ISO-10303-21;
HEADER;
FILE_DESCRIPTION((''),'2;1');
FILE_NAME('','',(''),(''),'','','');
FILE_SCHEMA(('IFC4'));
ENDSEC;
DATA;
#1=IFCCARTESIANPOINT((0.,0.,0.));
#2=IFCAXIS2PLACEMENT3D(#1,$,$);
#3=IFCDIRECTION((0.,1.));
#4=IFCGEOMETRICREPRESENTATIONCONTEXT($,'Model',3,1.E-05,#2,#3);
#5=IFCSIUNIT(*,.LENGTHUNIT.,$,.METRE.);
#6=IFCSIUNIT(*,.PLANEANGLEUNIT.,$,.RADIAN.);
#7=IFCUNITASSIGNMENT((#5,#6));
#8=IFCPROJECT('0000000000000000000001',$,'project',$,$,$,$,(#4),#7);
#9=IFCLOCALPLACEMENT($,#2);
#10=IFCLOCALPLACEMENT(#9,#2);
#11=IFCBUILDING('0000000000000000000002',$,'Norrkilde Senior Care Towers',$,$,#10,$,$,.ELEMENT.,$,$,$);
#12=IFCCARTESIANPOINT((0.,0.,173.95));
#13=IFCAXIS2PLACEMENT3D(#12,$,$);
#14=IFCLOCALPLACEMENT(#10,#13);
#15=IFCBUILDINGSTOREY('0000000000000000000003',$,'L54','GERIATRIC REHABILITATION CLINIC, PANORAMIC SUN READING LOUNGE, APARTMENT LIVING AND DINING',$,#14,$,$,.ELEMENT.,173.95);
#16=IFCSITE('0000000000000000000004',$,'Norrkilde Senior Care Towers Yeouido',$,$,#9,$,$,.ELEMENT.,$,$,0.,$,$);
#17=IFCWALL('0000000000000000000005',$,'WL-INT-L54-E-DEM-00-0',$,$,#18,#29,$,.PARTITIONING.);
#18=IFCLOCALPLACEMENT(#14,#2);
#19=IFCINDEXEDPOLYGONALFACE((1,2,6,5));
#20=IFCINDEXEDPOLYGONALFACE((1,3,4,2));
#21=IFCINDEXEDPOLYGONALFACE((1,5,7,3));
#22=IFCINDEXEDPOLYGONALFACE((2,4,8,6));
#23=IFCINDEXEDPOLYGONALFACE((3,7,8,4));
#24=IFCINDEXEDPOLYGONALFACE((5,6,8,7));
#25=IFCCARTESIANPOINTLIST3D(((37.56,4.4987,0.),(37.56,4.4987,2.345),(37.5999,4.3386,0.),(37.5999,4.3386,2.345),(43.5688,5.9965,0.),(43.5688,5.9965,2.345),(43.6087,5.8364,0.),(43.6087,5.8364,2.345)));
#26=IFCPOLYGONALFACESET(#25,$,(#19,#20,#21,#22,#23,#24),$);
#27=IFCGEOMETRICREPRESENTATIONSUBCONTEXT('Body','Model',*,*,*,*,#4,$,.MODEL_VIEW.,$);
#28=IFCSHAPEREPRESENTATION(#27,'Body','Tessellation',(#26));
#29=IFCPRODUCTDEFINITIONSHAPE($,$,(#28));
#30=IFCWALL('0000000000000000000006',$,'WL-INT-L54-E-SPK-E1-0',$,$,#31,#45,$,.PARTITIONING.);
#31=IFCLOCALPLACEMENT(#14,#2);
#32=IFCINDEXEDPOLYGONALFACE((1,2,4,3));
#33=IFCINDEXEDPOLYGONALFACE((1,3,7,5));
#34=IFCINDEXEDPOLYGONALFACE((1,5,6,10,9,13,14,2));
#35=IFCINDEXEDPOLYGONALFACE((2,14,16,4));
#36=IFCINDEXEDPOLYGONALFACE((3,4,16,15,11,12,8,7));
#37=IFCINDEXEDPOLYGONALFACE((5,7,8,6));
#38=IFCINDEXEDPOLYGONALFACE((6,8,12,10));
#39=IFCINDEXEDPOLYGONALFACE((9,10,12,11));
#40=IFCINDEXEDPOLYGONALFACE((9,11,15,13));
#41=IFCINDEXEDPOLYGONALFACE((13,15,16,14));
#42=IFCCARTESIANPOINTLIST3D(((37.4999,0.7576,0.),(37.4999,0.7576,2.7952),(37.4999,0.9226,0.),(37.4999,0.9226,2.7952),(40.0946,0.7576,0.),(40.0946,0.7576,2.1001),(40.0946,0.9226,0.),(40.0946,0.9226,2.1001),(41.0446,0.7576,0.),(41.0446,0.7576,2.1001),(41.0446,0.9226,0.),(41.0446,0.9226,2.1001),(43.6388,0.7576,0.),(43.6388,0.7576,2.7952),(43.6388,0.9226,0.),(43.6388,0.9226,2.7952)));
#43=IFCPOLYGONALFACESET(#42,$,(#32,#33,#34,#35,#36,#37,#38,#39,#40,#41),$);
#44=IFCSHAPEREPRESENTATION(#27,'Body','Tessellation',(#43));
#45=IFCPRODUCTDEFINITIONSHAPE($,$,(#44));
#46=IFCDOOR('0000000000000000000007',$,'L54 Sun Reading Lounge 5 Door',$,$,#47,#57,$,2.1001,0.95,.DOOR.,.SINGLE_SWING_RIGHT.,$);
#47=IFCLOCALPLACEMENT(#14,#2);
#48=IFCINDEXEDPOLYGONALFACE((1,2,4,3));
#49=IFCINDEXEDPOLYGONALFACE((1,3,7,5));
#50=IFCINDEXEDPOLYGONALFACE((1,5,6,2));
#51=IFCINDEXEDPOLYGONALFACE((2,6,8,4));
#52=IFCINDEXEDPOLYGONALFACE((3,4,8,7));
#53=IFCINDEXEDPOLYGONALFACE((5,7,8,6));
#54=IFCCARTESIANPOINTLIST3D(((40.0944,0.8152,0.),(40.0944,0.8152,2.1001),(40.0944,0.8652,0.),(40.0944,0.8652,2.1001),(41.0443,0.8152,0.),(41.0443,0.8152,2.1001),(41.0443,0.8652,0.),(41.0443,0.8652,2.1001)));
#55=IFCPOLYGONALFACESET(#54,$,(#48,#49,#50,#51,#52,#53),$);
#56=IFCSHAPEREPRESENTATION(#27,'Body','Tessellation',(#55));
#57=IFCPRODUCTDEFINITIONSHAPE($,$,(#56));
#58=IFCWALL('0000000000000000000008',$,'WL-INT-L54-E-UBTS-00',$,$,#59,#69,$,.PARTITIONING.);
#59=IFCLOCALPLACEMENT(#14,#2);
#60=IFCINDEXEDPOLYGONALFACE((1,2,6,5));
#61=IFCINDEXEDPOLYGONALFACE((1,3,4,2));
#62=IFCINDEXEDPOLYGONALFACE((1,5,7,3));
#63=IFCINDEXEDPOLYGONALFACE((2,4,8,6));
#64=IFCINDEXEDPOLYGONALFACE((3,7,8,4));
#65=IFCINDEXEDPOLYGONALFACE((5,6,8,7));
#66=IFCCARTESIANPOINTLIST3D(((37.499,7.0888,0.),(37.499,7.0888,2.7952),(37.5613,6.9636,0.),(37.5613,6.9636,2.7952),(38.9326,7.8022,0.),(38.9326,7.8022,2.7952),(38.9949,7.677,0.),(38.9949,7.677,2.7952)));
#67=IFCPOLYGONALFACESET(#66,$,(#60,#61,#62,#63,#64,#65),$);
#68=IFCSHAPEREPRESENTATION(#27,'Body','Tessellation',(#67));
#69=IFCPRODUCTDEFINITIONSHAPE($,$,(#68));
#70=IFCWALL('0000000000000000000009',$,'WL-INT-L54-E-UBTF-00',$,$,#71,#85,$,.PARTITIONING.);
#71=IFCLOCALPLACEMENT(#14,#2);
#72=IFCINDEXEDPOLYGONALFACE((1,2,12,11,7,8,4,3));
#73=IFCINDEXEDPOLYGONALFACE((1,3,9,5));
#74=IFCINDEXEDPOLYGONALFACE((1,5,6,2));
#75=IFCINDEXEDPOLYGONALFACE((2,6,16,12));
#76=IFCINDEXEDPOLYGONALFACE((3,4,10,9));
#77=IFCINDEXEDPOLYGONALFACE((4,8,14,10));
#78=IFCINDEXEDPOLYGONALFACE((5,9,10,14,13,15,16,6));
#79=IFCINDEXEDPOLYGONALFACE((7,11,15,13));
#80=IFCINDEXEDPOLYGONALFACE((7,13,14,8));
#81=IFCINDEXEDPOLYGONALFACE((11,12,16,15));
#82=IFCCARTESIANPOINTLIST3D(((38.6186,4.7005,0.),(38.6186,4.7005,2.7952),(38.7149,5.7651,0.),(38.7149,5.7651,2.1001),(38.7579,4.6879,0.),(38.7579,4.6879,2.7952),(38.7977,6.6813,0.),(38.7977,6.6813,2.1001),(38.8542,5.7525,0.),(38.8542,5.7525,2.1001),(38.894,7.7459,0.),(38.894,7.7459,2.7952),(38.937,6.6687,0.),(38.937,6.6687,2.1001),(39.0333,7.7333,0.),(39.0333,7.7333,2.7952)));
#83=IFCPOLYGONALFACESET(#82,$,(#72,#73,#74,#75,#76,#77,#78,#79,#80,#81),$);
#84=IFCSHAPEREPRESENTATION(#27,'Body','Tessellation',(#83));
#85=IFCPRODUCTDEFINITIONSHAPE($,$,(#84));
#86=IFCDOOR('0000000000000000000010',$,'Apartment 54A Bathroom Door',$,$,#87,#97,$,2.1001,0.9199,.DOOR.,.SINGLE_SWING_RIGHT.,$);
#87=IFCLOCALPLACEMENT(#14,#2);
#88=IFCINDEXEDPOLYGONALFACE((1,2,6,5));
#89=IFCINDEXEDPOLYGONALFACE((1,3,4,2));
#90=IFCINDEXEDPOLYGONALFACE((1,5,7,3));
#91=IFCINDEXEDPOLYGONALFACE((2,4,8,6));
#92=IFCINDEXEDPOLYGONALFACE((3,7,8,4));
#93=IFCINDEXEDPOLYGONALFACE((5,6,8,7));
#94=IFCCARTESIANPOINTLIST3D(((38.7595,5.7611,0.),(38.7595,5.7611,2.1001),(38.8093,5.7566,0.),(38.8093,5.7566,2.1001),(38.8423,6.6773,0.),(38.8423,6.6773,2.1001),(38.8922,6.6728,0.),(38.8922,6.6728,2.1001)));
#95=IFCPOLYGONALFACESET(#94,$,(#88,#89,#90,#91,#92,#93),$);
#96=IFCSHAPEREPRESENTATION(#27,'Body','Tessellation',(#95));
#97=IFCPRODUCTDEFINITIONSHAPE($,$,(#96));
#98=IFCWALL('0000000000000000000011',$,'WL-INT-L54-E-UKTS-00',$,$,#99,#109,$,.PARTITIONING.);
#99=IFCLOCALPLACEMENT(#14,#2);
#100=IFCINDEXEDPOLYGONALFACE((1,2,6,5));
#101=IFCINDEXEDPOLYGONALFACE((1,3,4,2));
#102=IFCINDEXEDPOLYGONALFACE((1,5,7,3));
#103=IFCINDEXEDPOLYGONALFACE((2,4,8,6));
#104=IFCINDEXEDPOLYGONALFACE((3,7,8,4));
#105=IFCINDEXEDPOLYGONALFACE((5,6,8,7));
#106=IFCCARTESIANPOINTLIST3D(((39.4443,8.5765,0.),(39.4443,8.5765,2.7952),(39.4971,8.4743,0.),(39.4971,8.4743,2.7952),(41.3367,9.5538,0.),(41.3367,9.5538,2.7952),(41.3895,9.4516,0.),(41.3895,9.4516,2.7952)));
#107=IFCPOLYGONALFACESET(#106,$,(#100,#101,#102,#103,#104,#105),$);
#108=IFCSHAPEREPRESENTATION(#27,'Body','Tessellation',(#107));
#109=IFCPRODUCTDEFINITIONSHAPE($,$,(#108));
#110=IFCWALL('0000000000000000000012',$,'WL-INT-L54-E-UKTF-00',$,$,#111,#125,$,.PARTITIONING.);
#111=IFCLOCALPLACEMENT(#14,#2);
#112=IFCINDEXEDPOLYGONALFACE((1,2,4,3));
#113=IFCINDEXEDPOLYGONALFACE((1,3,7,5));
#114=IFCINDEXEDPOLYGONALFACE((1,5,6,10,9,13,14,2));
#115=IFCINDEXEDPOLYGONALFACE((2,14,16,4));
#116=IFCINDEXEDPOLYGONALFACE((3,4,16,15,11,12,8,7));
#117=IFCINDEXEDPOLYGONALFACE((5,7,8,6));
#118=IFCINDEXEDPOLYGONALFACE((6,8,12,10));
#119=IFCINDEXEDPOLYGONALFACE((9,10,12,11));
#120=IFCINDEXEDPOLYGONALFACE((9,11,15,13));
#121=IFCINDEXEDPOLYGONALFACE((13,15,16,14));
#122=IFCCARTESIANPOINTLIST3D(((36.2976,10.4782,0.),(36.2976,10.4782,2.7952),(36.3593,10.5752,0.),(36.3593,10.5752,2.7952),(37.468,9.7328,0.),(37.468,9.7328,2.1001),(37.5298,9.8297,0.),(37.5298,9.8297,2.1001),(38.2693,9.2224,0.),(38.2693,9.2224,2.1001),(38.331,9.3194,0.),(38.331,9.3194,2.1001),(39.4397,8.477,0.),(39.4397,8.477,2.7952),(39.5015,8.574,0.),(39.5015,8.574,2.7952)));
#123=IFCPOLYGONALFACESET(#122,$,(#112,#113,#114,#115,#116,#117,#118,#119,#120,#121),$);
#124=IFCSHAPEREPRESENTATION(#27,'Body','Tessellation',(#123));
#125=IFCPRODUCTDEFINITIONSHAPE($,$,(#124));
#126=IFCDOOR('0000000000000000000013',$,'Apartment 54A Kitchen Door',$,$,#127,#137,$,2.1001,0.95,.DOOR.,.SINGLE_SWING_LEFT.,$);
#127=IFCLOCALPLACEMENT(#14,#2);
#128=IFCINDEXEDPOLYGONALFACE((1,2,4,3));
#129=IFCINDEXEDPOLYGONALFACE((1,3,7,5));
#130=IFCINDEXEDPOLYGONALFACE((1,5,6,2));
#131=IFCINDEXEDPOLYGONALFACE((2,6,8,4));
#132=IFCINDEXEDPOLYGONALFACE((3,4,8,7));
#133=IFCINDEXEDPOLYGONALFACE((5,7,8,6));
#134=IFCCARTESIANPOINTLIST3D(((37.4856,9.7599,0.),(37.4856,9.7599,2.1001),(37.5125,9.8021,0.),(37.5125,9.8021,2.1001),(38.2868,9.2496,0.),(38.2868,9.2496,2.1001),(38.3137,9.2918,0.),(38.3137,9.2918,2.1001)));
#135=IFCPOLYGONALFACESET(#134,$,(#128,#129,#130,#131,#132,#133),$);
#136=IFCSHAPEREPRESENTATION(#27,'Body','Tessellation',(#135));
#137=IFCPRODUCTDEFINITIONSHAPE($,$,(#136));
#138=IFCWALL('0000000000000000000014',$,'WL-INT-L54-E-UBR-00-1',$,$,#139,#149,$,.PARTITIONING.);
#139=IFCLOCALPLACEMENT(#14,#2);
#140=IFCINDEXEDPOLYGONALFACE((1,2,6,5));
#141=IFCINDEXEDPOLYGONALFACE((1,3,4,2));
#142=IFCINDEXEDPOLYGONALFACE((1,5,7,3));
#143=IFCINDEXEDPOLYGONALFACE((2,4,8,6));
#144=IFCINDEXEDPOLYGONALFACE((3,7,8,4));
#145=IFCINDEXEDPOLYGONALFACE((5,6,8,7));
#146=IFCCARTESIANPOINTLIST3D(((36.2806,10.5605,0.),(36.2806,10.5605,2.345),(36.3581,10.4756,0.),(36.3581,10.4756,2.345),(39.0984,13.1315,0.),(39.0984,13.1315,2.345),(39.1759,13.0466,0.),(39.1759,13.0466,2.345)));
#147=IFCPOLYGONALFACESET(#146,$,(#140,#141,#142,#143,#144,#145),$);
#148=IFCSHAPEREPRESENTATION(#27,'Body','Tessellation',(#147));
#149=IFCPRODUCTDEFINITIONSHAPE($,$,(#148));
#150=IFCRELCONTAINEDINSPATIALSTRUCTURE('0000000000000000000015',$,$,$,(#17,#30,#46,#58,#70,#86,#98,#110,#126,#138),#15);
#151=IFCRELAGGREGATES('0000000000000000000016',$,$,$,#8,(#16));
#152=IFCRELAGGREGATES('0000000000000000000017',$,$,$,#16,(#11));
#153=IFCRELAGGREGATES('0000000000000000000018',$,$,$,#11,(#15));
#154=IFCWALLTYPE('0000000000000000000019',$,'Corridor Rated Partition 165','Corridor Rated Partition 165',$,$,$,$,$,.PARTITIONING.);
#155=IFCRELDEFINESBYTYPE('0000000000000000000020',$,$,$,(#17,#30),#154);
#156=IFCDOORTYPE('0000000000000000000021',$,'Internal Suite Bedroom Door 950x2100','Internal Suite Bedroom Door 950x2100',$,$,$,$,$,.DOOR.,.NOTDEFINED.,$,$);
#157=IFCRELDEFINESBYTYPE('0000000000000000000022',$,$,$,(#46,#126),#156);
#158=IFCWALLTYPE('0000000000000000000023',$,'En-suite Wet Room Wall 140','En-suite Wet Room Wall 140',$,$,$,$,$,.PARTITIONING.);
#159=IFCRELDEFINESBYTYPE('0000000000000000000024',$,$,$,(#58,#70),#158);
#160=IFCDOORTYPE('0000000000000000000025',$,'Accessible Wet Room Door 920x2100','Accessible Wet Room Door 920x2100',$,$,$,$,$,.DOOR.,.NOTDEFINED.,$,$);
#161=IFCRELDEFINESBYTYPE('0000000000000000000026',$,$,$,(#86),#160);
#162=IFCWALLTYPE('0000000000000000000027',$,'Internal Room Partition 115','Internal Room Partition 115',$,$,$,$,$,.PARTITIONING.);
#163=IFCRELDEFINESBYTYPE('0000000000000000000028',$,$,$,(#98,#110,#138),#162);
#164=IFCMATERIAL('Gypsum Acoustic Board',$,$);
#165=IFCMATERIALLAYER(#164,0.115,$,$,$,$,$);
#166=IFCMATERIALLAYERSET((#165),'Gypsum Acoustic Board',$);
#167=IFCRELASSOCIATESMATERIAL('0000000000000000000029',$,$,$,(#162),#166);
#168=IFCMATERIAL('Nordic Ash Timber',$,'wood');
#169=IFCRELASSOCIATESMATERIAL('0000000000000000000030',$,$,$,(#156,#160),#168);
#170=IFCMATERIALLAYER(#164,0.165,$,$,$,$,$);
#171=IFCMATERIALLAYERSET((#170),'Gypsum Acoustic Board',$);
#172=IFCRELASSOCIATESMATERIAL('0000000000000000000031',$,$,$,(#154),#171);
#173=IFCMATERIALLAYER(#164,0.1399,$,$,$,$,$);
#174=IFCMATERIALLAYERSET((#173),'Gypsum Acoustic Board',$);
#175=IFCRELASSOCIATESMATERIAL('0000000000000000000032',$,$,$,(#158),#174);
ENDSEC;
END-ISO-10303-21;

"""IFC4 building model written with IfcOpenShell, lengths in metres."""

from ifc_helpers import new_model, si_unit, direction, frame, frame_2d, origin, place, context, subcontext, project, spatial, rectangle, extrude, source, transform, mapped, material, layer, layer_set, type_object, type_shapes, element, fill, save


model = new_model("IFC4")

# Units and contexts
model_context = context("Model", 3, precision=1e-05, world=origin(), true_north=direction((0.0, 1.0)))
body_context = subcontext(model_context, "Body", "Model", "MODEL_VIEW")
ifc_project = project(units=[si_unit("LENGTHUNIT", "METRE"), si_unit("PLANEANGLEUNIT", "RADIAN")], contexts=[model_context])

# Site, building, storey
site_placement = place(None, origin())
site = spatial("IfcSite", under=ifc_project, at=site_placement, Name="Norrkilde Senior Care Towers Yeouido", CompositionType="ELEMENT", RefElevation=0.0)
building_placement = place(site_placement, origin())
building = spatial("IfcBuilding", under=site, at=building_placement, Name="Norrkilde Senior Care Towers", CompositionType="ELEMENT")
storey_placement = place(building_placement, frame((0.0, 0.0, 173.95)))
storey = spatial("IfcBuildingStorey", under=building, at=storey_placement, Name="L54", Description="GERIATRIC REHABILITATION CLINIC, PANORAMIC SUN READING LOUNGE, APARTMENT LIVING AND DINING", CompositionType="ELEMENT", Elevation=173.95)

# Shared definitions
ifc_material_1 = material(Name="Gypsum Acoustic Board")
ifc_layer_1 = layer(ifc_material_1, 0.115)
ifc_layer_set_1 = layer_set([ifc_layer_1], Name="Gypsum Acoustic Board")
wall_type_1 = type_object("IfcWallType", Name="Internal Room Partition 115", Description="Internal Room Partition 115", PredefinedType="PARTITIONING", material=ifc_layer_set_1)
ifc_material_2 = material(Name="Nordic Ash Timber", Category="wood")
door_type_1 = type_object("IfcDoorType", Name="Internal Suite Bedroom Door 950x2100", Description="Internal Suite Bedroom Door 950x2100", OperationType="NOTDEFINED", PredefinedType="DOOR", material=ifc_material_2)
shared_shape_1 = source(origin(), body_context, "Body", "SweptSolid", [
    extrude(rectangle(XDim=0.95, YDim=2.1001, at=frame_2d((0.4751, 1.05))), frame((0.0, 0.0249, 0.0), z_axis=(0.0, -1.0, 0.0), x_axis=(1.0, 0.0, 0.0)), (0.0, 0.0, 1.0), 0.05),
])
type_shapes(door_type_1, [shared_shape_1])

# Wall
ifc_layer_2 = layer(ifc_material_1, 0.165)
ifc_layer_set_2 = layer_set([ifc_layer_2], Name="Gypsum Acoustic Board")
wall_type_2 = type_object("IfcWallType", Name="Corridor Rated Partition 165", Description="Corridor Rated Partition 165", PredefinedType="PARTITIONING", material=ifc_layer_set_2)
shared_shape_2 = source(origin(), body_context, "Body", "SweptSolid", [
    extrude(rectangle(XDim=6.1926, YDim=0.165, at=frame_2d((3.0962, 0.0))), origin(), (0.0, 0.0, 1.0), 2.345),
])
wall_1_placement = place(storey_placement, frame((37.5801, 4.4187, 0.0), z_axis=(0.0, 0.0, 1.0), x_axis=(0.970309, 0.241868, 0.0)))
element("IfcWall", 1, at=wall_1_placement, inside=storey, type_object=wall_type_2, Name="WL-INT-L54-E-DEM-00-0", PredefinedType="PARTITIONING", context=body_context, shape_type="MappedRepresentation", body=[
    mapped(shared_shape_2, transform((0.0, 0.0, 0.0), x_axis=(1.0, 0.0, 0.0), y_axis=(0.0, 1.0, 0.0), z_axis=(0.0, 0.0, 1.0), scale=1.0)),
])

# Wall, opening, door
shared_shape_3 = source(origin(), body_context, "Body", "SweptSolid", [
    extrude(rectangle(XDim=6.1389, YDim=0.165, at=frame_2d((3.0693, 0.0))), origin(), (0.0, 0.0, 1.0), 2.7952),
])
wall_2_placement = place(storey_placement, frame((37.5, 0.8401, 0.0), z_axis=(0.0, 0.0, 1.0), x_axis=(1.0, 0.0, 0.0)))
wall_2 = element("IfcWall", 2, at=wall_2_placement, inside=storey, type_object=wall_type_2, Name="WL-INT-L54-E-SPK-E1-0", PredefinedType="PARTITIONING", context=body_context, shape_type="MappedRepresentation", body=[
    mapped(shared_shape_3, transform((0.0, 0.0, 0.0), x_axis=(1.0, 0.0, 0.0), y_axis=(0.0, 1.0, 0.0), z_axis=(0.0, 0.0, 1.0), scale=1.0)),
])
opening_1_placement = place(wall_2_placement, frame((2.5945, 0.0, 0.0)))
opening_1 = element("IfcOpeningElement", 3, at=opening_1_placement, cuts=wall_2, PredefinedType="OPENING", context=body_context, shape_type="SweptSolid", body=[
    extrude(rectangle(XDim=0.95, YDim=2.1001, at=frame_2d((0.4751, 1.05))), frame((0.0, 0.0925, 0.0), z_axis=(0.0, -1.0, 0.0), x_axis=(1.0, 0.0, 0.0)), (0.0, 0.0, 1.0), 0.1851),
])
door_1_placement = place(opening_1_placement, frame((0.95, 0.0, 0.0), z_axis=(0.0, 0.0, 1.0), x_axis=(-1.0, 0.0, 0.0)))
door_1 = element("IfcDoor", 4, at=door_1_placement, inside=storey, type_object=door_type_1, Name="L54 Sun Reading Lounge 5 Door", OperationType="SINGLE_SWING_RIGHT", OverallHeight=2.1001, OverallWidth=0.95, PredefinedType="DOOR", context=body_context, shape_type="MappedRepresentation", body=[
    mapped(shared_shape_1, transform((0.0, 0.0, 0.0), x_axis=(1.0, 0.0, 0.0), y_axis=(0.0, 1.0, 0.0), z_axis=(0.0, 0.0, 1.0), scale=1.0)),
])
fill(opening_1, door_1)

# Wall
ifc_layer_3 = layer(ifc_material_1, 0.1399)
ifc_layer_set_3 = layer_set([ifc_layer_3], Name="Gypsum Acoustic Board")
wall_type_3 = type_object("IfcWallType", Name="En-suite Wet Room Wall 140", Description="En-suite Wet Room Wall 140", PredefinedType="PARTITIONING", material=ifc_layer_set_3)
shared_shape_4 = source(origin(), body_context, "Body", "SweptSolid", [
    extrude(rectangle(XDim=1.6013, YDim=0.1399, at=frame_2d((0.8008, 0.0))), origin(), (0.0, 0.0, 1.0), 2.7952),
])
wall_3_placement = place(storey_placement, frame((37.53, 7.0261, 0.0), z_axis=(0.0, 0.0, 1.0), x_axis=(0.895279, 0.445505, 0.0)))
element("IfcWall", 5, at=wall_3_placement, inside=storey, type_object=wall_type_3, Name="WL-INT-L54-E-UBTS-00", PredefinedType="PARTITIONING", context=body_context, shape_type="MappedRepresentation", body=[
    mapped(shared_shape_4, transform((0.0, 0.0, 0.0), x_axis=(1.0, 0.0, 0.0), y_axis=(0.0, 1.0, 0.0), z_axis=(0.0, 0.0, 1.0), scale=1.0)),
])

# Wall, opening, door
shared_shape_5 = source(origin(), body_context, "Body", "SweptSolid", [
    extrude(rectangle(XDim=3.0579, YDim=0.1399, at=frame_2d((1.5288, 0.0))), origin(), (0.0, 0.0, 1.0), 2.7952),
])
type_shapes(wall_type_3, [shared_shape_4, shared_shape_5])
wall_4_placement = place(storey_placement, frame((38.9636, 7.7395, 0.0), z_axis=(0.0, 0.0, 1.0), x_axis=(-0.090061, -0.995936, 0.0)))
wall_4 = element("IfcWall", 6, at=wall_4_placement, inside=storey, type_object=wall_type_3, Name="WL-INT-L54-E-UBTF-00", PredefinedType="PARTITIONING", context=body_context, shape_type="MappedRepresentation", body=[
    mapped(shared_shape_5, transform((0.0, 0.0, 0.0), x_axis=(1.0, 0.0, 0.0), y_axis=(0.0, 1.0, 0.0), z_axis=(0.0, 0.0, 1.0), scale=1.0)),
])
opening_2_placement = place(wall_4_placement, frame((1.0688, 0.0, 0.0)))
opening_2 = element("IfcOpeningElement", 7, at=opening_2_placement, cuts=wall_4, PredefinedType="OPENING", context=body_context, shape_type="SweptSolid", body=[
    extrude(rectangle(XDim=0.9199, YDim=2.1001, at=frame_2d((0.46, 1.05))), frame((0.0, 0.0798, 0.0), z_axis=(0.0, -1.0, 0.0), x_axis=(1.0, 0.0, 0.0)), (0.0, 0.0, 1.0), 0.1599),
])
door_type_2 = type_object("IfcDoorType", Name="Accessible Wet Room Door 920x2100", Description="Accessible Wet Room Door 920x2100", OperationType="NOTDEFINED", PredefinedType="DOOR", material=ifc_material_2)
shared_shape_6 = source(origin(), body_context, "Body", "SweptSolid", [
    extrude(rectangle(XDim=0.9199, YDim=2.1001, at=frame_2d((0.46, 1.05))), frame((0.0, 0.0249, 0.0), z_axis=(0.0, -1.0, 0.0), x_axis=(1.0, 0.0, 0.0)), (0.0, 0.0, 1.0), 0.05),
])
type_shapes(door_type_2, [shared_shape_6])
door_2_placement = place(opening_2_placement, origin())
door_2 = element("IfcDoor", 8, at=door_2_placement, inside=storey, type_object=door_type_2, Name="Apartment 54A Bathroom Door", OperationType="SINGLE_SWING_RIGHT", OverallHeight=2.1001, OverallWidth=0.9199, PredefinedType="DOOR", context=body_context, shape_type="MappedRepresentation", body=[
    mapped(shared_shape_6, transform((0.0, 0.0, 0.0), x_axis=(1.0, 0.0, 0.0), y_axis=(0.0, 1.0, 0.0), z_axis=(0.0, 0.0, 1.0), scale=1.0)),
])
fill(opening_2, door_2)

# Wall
shared_shape_7 = source(origin(), body_context, "Body", "SweptSolid", [
    extrude(rectangle(XDim=2.1299, YDim=0.115, at=frame_2d((1.0649, 0.0))), origin(), (0.0, 0.0, 1.0), 2.7952),
])
wall_5_placement = place(storey_placement, frame((39.4707, 8.5254, 0.0), z_axis=(0.0, 0.0, 1.0), x_axis=(0.888505, 0.458868, 0.0)))
element("IfcWall", 9, at=wall_5_placement, inside=storey, type_object=wall_type_1, Name="WL-INT-L54-E-UKTS-00", PredefinedType="PARTITIONING", context=body_context, shape_type="MappedRepresentation", body=[
    mapped(shared_shape_7, transform((0.0, 0.0, 0.0), x_axis=(1.0, 0.0, 0.0), y_axis=(0.0, 1.0, 0.0), z_axis=(0.0, 0.0, 1.0), scale=1.0)),
])

# Wall, opening, door
shared_shape_8 = source(origin(), body_context, "Body", "SweptSolid", [
    extrude(rectangle(XDim=3.7253, YDim=0.115, at=frame_2d((1.8628, 0.0))), origin(), (0.0, 0.0, 1.0), 2.7952),
])
wall_6_placement = place(storey_placement, frame((39.4707, 8.5254, 0.0), z_axis=(0.0, 0.0, 1.0), x_axis=(-0.843454, 0.537202, 0.0)))
wall_6 = element("IfcWall", 10, at=wall_6_placement, inside=storey, type_object=wall_type_1, Name="WL-INT-L54-E-UKTF-00", PredefinedType="PARTITIONING", context=body_context, shape_type="MappedRepresentation", body=[
    mapped(shared_shape_8, transform((0.0, 0.0, 0.0), x_axis=(1.0, 0.0, 0.0), y_axis=(0.0, 1.0, 0.0), z_axis=(0.0, 0.0, 1.0), scale=1.0)),
])
opening_3_placement = place(wall_6_placement, frame((1.3877, 0.0, 0.0)))
opening_3 = element("IfcOpeningElement", 11, at=opening_3_placement, cuts=wall_6, PredefinedType="OPENING", context=body_context, shape_type="SweptSolid", body=[
    extrude(rectangle(XDim=0.95, YDim=2.1001, at=frame_2d((0.4751, 1.05))), frame((0.0, 0.0674, 0.0), z_axis=(0.0, -1.0, 0.0), x_axis=(1.0, 0.0, 0.0)), (0.0, 0.0, 1.0), 0.135),
])
door_3_placement = place(opening_3_placement, frame((0.95, 0.0, 0.0), z_axis=(0.0, 0.0, 1.0), x_axis=(-1.0, 0.0, 0.0)))
door_3 = element("IfcDoor", 12, at=door_3_placement, inside=storey, type_object=door_type_1, Name="Apartment 54A Kitchen Door", OperationType="SINGLE_SWING_LEFT", OverallHeight=2.1001, OverallWidth=0.95, PredefinedType="DOOR", context=body_context, shape_type="MappedRepresentation", body=[
    mapped(shared_shape_1, transform((0.0, 0.0, 0.0), x_axis=(1.0, 0.0, 0.0), y_axis=(0.0, 1.0, 0.0), z_axis=(0.0, 0.0, 1.0), scale=1.0)),
])
fill(opening_3, door_3)

# Wall
shared_shape_9 = source(origin(), body_context, "Body", "SweptSolid", [
    extrude(rectangle(XDim=3.8145, YDim=0.115, at=frame_2d((1.9072, 0.0))), origin(), (0.0, 0.0, 1.0), 2.345),
])
wall_7_placement = place(storey_placement, frame((36.3193, 10.5181, 0.0), z_axis=(0.0, 0.0, 1.0), x_axis=(0.73872, 0.674013, 0.0)))
element("IfcWall", 13, at=wall_7_placement, inside=storey, type_object=wall_type_1, Name="WL-INT-L54-E-UBR-00-1", PredefinedType="PARTITIONING", context=body_context, shape_type="MappedRepresentation", body=[
    mapped(shared_shape_9, transform((0.0, 0.0, 0.0), x_axis=(1.0, 0.0, 0.0), y_axis=(0.0, 1.0, 0.0), z_axis=(0.0, 0.0, 1.0), scale=1.0)),
])

save(model, "model.ifc")
